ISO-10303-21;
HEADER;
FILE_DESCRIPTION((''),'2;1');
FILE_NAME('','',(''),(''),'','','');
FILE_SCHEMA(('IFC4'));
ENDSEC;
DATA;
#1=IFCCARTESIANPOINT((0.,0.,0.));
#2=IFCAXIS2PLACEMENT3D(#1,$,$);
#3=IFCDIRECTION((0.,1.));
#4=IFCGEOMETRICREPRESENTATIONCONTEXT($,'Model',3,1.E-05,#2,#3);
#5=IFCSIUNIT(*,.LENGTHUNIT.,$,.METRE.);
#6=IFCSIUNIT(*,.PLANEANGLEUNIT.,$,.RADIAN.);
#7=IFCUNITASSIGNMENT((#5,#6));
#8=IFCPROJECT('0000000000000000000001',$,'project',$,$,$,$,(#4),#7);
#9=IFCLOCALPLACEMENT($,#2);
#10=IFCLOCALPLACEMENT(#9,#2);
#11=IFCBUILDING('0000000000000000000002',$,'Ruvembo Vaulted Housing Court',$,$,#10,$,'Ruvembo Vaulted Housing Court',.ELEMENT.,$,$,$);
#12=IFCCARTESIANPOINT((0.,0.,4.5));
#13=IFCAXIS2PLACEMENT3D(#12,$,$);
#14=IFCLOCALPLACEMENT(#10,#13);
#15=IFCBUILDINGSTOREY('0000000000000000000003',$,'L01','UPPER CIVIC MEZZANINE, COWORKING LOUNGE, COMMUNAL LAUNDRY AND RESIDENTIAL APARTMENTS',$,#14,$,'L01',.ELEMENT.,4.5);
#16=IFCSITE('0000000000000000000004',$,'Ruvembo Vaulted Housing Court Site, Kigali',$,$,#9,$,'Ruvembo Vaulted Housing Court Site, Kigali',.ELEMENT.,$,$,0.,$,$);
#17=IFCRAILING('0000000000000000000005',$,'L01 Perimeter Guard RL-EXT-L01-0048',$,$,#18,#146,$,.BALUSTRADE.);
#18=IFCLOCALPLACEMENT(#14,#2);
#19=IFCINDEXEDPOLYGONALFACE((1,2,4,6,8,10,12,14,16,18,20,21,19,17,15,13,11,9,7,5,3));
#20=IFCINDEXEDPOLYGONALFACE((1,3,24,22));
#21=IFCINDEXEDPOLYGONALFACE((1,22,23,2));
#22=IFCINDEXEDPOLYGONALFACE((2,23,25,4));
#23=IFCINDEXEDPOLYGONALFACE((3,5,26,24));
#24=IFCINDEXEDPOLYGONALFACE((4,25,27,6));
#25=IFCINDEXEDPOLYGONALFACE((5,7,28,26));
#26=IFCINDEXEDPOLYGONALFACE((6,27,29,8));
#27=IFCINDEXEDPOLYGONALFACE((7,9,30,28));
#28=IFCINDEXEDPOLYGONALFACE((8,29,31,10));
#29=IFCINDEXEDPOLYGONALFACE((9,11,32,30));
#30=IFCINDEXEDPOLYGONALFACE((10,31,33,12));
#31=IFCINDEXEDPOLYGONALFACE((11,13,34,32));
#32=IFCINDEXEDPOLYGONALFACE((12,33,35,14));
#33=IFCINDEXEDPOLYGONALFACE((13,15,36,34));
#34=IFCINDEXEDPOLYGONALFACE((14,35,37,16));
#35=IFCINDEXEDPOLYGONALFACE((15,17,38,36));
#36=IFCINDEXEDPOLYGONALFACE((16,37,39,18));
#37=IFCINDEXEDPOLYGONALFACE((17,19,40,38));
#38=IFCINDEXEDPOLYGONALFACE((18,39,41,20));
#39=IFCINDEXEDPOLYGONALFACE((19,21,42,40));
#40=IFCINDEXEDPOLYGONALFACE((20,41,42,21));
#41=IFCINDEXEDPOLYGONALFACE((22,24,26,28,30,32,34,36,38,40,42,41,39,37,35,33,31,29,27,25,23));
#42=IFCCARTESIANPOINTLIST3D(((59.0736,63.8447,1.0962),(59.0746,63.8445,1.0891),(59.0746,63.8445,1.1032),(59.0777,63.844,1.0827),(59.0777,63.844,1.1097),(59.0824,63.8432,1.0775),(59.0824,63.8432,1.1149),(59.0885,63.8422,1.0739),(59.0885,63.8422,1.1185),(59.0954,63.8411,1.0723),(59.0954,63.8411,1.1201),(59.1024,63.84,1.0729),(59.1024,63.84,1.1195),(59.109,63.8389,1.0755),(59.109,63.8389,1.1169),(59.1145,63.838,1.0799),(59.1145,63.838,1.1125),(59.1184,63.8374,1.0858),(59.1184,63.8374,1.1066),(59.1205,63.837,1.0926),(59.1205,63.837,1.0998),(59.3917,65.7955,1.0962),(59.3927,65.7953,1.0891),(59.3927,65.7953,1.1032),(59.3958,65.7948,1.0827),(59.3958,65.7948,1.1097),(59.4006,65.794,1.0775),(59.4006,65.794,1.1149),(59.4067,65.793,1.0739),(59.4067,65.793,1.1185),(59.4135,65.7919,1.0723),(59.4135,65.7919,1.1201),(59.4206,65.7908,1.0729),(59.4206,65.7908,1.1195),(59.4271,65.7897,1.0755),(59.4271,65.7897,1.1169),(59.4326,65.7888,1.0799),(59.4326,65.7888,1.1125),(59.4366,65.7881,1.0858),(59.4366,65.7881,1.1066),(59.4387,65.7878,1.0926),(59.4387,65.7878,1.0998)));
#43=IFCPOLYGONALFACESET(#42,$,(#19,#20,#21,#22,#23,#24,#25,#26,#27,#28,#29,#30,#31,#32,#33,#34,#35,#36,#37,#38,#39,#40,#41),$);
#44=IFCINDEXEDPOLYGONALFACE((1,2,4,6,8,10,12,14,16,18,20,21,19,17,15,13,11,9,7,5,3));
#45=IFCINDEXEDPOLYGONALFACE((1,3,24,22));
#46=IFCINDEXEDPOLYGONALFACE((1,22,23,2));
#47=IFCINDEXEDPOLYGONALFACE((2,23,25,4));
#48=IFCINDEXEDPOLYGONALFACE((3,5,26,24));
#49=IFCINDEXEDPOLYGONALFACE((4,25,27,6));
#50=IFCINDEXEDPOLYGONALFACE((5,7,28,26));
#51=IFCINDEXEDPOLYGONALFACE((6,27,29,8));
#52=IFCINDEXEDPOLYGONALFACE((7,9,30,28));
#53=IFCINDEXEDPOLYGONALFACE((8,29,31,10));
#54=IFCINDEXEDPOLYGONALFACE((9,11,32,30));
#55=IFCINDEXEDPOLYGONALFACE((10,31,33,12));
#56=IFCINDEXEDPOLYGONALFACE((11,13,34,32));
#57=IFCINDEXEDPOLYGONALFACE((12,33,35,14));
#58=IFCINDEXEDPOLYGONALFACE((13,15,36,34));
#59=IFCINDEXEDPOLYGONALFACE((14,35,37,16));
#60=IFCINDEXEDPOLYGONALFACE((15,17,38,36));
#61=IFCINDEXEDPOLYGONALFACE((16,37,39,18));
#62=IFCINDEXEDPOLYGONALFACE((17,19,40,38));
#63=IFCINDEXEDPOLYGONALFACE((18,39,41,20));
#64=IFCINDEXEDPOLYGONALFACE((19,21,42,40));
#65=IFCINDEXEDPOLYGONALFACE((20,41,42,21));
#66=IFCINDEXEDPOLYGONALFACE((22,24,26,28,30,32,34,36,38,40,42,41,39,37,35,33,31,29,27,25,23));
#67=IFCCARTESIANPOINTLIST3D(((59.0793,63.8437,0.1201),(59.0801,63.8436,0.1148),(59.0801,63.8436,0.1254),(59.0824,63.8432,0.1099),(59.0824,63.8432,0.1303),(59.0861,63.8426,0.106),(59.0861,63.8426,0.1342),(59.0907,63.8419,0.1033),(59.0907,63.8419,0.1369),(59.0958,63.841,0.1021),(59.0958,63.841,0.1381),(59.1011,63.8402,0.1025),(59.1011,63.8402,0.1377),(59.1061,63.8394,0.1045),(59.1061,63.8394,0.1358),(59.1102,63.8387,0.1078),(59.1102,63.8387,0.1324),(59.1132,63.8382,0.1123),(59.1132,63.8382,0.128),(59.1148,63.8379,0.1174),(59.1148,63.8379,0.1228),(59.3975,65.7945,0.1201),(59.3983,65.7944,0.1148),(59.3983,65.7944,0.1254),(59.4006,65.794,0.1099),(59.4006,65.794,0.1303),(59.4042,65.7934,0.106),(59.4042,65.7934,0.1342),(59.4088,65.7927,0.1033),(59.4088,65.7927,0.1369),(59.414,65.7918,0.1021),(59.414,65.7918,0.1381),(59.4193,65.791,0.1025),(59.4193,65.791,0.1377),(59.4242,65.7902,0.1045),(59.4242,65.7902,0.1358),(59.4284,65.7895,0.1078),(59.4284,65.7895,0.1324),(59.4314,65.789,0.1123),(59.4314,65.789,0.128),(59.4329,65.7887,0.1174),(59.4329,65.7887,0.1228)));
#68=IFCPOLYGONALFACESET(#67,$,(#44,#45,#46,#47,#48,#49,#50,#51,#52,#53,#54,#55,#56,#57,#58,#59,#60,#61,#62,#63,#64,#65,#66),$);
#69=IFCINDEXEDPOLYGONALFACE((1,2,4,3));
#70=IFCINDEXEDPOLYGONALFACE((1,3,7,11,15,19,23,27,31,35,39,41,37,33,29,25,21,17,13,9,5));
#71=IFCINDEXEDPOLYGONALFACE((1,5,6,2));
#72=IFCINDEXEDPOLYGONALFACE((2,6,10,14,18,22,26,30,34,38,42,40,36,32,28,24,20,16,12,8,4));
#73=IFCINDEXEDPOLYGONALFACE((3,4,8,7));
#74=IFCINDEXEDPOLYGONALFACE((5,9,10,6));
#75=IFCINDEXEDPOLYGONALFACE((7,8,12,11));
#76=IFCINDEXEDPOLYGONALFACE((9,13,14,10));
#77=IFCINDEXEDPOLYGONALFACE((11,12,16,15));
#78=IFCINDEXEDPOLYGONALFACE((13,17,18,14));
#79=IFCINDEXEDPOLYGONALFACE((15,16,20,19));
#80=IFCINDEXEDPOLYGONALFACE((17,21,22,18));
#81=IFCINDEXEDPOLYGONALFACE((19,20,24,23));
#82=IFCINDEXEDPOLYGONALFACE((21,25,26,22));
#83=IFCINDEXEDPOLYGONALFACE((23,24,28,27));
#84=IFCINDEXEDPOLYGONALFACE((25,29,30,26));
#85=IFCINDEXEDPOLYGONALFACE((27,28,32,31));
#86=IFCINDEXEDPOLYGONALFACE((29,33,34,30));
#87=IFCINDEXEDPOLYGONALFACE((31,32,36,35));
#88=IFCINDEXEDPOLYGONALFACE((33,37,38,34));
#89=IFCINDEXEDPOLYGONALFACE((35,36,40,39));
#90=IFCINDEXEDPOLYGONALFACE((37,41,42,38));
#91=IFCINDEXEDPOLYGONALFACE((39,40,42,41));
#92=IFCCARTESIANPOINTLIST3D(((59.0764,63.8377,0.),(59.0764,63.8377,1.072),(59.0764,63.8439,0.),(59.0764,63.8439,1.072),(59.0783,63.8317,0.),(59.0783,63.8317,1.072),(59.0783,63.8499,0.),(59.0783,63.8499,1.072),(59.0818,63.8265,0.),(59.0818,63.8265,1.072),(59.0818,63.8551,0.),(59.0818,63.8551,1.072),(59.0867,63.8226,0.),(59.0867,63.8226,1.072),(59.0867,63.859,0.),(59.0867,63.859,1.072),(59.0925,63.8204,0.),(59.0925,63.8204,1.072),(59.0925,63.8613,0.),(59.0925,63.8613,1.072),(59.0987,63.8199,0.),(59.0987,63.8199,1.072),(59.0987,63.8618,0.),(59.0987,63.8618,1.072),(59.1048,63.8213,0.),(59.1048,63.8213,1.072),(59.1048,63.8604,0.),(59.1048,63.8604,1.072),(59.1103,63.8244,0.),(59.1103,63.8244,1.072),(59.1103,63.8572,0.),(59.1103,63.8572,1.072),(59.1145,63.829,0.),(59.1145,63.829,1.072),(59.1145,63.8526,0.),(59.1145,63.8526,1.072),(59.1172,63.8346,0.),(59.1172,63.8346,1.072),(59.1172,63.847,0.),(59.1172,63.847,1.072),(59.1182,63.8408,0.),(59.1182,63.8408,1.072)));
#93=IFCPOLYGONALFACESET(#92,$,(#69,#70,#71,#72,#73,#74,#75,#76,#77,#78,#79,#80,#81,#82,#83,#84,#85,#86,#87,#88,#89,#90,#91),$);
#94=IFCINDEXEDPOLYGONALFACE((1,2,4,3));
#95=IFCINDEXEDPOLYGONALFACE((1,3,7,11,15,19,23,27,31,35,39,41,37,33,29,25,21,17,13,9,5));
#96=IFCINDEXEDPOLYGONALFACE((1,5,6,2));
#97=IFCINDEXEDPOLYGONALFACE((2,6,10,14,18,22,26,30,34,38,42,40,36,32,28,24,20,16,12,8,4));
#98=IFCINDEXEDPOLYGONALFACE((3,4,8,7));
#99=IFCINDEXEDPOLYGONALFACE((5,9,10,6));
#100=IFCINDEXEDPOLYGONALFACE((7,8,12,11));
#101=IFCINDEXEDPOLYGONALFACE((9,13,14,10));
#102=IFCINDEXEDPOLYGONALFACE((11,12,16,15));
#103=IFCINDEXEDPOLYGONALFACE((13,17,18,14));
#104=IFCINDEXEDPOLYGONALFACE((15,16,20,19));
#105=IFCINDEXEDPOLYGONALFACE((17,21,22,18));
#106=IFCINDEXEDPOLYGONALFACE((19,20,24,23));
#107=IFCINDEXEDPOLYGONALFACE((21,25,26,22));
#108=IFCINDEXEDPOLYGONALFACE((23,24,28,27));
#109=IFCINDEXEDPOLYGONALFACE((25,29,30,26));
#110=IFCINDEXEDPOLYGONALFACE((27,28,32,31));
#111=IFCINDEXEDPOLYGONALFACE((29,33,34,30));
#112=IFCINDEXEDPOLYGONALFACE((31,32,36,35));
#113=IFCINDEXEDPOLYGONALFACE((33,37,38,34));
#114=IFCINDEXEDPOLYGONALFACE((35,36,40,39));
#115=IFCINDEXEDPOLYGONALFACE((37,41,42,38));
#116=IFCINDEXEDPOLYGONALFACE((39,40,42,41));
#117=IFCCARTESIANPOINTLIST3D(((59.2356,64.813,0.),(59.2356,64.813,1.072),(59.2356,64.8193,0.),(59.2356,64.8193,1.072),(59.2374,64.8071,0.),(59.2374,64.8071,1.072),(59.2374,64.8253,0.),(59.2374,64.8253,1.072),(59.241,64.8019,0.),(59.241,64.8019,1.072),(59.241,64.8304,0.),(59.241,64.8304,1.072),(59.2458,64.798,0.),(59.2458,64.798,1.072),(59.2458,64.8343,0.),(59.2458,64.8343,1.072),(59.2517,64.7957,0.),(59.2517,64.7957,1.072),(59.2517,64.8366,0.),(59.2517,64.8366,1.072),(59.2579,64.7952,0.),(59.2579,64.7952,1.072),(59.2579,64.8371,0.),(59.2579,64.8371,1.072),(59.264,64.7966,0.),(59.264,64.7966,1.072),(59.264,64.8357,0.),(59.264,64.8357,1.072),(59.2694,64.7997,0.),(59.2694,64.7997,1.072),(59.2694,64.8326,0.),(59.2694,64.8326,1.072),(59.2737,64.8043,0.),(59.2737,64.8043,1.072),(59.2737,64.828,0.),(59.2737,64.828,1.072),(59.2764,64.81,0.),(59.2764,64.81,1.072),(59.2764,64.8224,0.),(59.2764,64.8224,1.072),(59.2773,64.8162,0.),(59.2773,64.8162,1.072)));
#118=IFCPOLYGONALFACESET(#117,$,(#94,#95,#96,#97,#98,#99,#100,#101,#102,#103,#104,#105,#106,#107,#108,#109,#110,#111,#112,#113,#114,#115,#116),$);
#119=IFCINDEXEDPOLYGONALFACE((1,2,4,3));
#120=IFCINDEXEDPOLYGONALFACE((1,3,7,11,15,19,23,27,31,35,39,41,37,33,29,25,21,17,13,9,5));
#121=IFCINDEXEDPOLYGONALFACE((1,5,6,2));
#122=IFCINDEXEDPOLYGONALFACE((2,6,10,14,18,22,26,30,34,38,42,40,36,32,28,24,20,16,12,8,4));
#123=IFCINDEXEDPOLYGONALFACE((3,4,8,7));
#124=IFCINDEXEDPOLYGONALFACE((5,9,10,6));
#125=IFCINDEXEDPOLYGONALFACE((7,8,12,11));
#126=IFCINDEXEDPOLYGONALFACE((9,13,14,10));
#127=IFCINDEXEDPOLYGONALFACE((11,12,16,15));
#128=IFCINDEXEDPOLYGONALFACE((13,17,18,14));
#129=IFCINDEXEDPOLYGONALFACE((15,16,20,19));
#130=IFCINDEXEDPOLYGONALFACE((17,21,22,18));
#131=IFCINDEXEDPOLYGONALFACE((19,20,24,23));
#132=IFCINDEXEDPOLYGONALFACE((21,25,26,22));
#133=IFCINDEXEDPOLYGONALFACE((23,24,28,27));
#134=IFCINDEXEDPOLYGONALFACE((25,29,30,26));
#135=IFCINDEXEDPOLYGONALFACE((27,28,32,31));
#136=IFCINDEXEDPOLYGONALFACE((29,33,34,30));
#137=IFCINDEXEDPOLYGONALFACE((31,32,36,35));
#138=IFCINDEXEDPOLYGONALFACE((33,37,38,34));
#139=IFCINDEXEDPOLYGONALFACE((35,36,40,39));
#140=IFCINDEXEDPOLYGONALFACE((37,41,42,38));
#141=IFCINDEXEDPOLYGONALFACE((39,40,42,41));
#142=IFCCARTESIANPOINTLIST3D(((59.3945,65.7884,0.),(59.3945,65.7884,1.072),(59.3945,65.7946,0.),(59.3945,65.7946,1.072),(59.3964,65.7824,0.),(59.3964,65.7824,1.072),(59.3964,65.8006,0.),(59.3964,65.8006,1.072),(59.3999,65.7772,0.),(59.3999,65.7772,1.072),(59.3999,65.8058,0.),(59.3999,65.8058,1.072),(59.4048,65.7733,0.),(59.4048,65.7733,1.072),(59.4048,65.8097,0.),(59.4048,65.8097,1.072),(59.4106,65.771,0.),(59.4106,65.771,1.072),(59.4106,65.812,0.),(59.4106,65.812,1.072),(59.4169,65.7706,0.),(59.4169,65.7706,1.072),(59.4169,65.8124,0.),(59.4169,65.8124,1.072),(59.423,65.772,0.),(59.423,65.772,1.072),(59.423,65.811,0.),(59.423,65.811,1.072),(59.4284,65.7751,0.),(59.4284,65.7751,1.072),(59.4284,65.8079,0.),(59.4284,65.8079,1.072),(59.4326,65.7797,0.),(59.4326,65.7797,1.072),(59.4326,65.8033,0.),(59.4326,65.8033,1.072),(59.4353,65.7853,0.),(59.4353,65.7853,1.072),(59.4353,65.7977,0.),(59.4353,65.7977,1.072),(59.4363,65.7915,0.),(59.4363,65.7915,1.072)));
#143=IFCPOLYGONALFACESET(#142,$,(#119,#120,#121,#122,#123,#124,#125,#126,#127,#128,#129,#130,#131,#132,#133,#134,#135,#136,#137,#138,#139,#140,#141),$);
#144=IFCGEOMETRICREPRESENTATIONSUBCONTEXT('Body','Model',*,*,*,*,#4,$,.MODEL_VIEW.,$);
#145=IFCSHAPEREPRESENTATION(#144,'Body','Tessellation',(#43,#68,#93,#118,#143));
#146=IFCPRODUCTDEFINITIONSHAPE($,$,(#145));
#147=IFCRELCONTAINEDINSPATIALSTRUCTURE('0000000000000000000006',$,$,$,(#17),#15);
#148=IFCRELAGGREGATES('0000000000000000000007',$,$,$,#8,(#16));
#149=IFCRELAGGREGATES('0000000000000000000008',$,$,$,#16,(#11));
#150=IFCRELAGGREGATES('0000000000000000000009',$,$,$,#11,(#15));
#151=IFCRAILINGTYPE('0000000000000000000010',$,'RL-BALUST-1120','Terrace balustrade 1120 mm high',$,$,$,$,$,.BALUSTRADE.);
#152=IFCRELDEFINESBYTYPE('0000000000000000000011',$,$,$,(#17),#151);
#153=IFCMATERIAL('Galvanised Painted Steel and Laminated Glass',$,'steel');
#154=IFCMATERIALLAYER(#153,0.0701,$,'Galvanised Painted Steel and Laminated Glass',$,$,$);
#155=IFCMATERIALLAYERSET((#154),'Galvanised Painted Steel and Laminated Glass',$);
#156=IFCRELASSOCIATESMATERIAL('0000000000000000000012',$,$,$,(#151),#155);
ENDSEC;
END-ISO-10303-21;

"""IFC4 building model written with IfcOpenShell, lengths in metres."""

from ifc_helpers import new_model, si_unit, direction, frame, origin, origin_2d, place, context, subcontext, project, spatial, circle, extrude, material, layer, layer_set, type_object, element, save


model = new_model("IFC4")

# Units and contexts
model_context = context("Model", 3, precision=1e-05, world=origin(), true_north=direction((0.0, 1.0)))
body_context = subcontext(model_context, "Body", "Model", "MODEL_VIEW")
ifc_project = project(units=[si_unit("LENGTHUNIT", "METRE"), si_unit("PLANEANGLEUNIT", "RADIAN")], contexts=[model_context])

# Site, building, storey
site_placement = place(None, origin())
site = spatial("IfcSite", under=ifc_project, at=site_placement, Name="Ruvembo Vaulted Housing Court Site, Kigali", LongName="Ruvembo Vaulted Housing Court Site, Kigali", CompositionType="ELEMENT", RefElevation=0.0)
building_placement = place(site_placement, origin())
building = spatial("IfcBuilding", under=site, at=building_placement, Name="Ruvembo Vaulted Housing Court", LongName="Ruvembo Vaulted Housing Court", CompositionType="ELEMENT")
storey_placement = place(building_placement, frame((0.0, 0.0, 4.5)))
storey = spatial("IfcBuildingStorey", under=building, at=storey_placement, Name="L01", Description="UPPER CIVIC MEZZANINE, COWORKING LOUNGE, COMMUNAL LAUNDRY AND RESIDENTIAL APARTMENTS", LongName="L01", CompositionType="ELEMENT", Elevation=4.5)

# Railing
ifc_material_1 = material(Name="Galvanised Painted Steel and Laminated Glass", Category="steel")
ifc_layer_1 = layer(ifc_material_1, 0.0701, Name="Galvanised Painted Steel and Laminated Glass")
ifc_layer_set_1 = layer_set([ifc_layer_1], Name="Galvanised Painted Steel and Laminated Glass")
railing_type = type_object("IfcRailingType", Name="RL-BALUST-1120", Description="Terrace balustrade 1120 mm high", PredefinedType="BALUSTRADE", material=ifc_layer_set_1)
railing_1_placement = place(storey_placement, frame((59.0972, 63.8408, 0.0)))
element("IfcRailing", 1, at=railing_1_placement, inside=storey, type_object=railing_type, Name="L01 Perimeter Guard RL-EXT-L01-0048", PredefinedType="BALUSTRADE", context=body_context, shape_type="SweptSolid", body=[
    extrude(circle(Radius=0.0239, at=origin_2d()), frame((0.0, 0.0, 1.0962), z_axis=(0.160953, 0.986962, 0.0), x_axis=(-0.986962, 0.160953, 0.0)), (0.0, 0.0, 1.0), 1.9766),
    extrude(circle(Radius=0.0181, at=origin_2d()), frame((0.0, 0.0, 0.1201), z_axis=(0.160953, 0.986962, 0.0), x_axis=(-0.986962, 0.160953, 0.0)), (0.0, 0.0, 1.0), 1.9766),
    extrude(circle(Radius=0.021, at=origin_2d()), origin(), (0.0, 0.0, 1.0), 1.072),
    extrude(circle(Radius=0.021, at=origin_2d()), frame((0.1592, 0.9753, 0.0)), (0.0, 0.0, 1.0), 1.072),
    extrude(circle(Radius=0.021, at=origin_2d()), frame((0.3181, 1.9507, 0.0)), (0.0, 0.0, 1.0), 1.072),
])

save(model, "model.ifc")
